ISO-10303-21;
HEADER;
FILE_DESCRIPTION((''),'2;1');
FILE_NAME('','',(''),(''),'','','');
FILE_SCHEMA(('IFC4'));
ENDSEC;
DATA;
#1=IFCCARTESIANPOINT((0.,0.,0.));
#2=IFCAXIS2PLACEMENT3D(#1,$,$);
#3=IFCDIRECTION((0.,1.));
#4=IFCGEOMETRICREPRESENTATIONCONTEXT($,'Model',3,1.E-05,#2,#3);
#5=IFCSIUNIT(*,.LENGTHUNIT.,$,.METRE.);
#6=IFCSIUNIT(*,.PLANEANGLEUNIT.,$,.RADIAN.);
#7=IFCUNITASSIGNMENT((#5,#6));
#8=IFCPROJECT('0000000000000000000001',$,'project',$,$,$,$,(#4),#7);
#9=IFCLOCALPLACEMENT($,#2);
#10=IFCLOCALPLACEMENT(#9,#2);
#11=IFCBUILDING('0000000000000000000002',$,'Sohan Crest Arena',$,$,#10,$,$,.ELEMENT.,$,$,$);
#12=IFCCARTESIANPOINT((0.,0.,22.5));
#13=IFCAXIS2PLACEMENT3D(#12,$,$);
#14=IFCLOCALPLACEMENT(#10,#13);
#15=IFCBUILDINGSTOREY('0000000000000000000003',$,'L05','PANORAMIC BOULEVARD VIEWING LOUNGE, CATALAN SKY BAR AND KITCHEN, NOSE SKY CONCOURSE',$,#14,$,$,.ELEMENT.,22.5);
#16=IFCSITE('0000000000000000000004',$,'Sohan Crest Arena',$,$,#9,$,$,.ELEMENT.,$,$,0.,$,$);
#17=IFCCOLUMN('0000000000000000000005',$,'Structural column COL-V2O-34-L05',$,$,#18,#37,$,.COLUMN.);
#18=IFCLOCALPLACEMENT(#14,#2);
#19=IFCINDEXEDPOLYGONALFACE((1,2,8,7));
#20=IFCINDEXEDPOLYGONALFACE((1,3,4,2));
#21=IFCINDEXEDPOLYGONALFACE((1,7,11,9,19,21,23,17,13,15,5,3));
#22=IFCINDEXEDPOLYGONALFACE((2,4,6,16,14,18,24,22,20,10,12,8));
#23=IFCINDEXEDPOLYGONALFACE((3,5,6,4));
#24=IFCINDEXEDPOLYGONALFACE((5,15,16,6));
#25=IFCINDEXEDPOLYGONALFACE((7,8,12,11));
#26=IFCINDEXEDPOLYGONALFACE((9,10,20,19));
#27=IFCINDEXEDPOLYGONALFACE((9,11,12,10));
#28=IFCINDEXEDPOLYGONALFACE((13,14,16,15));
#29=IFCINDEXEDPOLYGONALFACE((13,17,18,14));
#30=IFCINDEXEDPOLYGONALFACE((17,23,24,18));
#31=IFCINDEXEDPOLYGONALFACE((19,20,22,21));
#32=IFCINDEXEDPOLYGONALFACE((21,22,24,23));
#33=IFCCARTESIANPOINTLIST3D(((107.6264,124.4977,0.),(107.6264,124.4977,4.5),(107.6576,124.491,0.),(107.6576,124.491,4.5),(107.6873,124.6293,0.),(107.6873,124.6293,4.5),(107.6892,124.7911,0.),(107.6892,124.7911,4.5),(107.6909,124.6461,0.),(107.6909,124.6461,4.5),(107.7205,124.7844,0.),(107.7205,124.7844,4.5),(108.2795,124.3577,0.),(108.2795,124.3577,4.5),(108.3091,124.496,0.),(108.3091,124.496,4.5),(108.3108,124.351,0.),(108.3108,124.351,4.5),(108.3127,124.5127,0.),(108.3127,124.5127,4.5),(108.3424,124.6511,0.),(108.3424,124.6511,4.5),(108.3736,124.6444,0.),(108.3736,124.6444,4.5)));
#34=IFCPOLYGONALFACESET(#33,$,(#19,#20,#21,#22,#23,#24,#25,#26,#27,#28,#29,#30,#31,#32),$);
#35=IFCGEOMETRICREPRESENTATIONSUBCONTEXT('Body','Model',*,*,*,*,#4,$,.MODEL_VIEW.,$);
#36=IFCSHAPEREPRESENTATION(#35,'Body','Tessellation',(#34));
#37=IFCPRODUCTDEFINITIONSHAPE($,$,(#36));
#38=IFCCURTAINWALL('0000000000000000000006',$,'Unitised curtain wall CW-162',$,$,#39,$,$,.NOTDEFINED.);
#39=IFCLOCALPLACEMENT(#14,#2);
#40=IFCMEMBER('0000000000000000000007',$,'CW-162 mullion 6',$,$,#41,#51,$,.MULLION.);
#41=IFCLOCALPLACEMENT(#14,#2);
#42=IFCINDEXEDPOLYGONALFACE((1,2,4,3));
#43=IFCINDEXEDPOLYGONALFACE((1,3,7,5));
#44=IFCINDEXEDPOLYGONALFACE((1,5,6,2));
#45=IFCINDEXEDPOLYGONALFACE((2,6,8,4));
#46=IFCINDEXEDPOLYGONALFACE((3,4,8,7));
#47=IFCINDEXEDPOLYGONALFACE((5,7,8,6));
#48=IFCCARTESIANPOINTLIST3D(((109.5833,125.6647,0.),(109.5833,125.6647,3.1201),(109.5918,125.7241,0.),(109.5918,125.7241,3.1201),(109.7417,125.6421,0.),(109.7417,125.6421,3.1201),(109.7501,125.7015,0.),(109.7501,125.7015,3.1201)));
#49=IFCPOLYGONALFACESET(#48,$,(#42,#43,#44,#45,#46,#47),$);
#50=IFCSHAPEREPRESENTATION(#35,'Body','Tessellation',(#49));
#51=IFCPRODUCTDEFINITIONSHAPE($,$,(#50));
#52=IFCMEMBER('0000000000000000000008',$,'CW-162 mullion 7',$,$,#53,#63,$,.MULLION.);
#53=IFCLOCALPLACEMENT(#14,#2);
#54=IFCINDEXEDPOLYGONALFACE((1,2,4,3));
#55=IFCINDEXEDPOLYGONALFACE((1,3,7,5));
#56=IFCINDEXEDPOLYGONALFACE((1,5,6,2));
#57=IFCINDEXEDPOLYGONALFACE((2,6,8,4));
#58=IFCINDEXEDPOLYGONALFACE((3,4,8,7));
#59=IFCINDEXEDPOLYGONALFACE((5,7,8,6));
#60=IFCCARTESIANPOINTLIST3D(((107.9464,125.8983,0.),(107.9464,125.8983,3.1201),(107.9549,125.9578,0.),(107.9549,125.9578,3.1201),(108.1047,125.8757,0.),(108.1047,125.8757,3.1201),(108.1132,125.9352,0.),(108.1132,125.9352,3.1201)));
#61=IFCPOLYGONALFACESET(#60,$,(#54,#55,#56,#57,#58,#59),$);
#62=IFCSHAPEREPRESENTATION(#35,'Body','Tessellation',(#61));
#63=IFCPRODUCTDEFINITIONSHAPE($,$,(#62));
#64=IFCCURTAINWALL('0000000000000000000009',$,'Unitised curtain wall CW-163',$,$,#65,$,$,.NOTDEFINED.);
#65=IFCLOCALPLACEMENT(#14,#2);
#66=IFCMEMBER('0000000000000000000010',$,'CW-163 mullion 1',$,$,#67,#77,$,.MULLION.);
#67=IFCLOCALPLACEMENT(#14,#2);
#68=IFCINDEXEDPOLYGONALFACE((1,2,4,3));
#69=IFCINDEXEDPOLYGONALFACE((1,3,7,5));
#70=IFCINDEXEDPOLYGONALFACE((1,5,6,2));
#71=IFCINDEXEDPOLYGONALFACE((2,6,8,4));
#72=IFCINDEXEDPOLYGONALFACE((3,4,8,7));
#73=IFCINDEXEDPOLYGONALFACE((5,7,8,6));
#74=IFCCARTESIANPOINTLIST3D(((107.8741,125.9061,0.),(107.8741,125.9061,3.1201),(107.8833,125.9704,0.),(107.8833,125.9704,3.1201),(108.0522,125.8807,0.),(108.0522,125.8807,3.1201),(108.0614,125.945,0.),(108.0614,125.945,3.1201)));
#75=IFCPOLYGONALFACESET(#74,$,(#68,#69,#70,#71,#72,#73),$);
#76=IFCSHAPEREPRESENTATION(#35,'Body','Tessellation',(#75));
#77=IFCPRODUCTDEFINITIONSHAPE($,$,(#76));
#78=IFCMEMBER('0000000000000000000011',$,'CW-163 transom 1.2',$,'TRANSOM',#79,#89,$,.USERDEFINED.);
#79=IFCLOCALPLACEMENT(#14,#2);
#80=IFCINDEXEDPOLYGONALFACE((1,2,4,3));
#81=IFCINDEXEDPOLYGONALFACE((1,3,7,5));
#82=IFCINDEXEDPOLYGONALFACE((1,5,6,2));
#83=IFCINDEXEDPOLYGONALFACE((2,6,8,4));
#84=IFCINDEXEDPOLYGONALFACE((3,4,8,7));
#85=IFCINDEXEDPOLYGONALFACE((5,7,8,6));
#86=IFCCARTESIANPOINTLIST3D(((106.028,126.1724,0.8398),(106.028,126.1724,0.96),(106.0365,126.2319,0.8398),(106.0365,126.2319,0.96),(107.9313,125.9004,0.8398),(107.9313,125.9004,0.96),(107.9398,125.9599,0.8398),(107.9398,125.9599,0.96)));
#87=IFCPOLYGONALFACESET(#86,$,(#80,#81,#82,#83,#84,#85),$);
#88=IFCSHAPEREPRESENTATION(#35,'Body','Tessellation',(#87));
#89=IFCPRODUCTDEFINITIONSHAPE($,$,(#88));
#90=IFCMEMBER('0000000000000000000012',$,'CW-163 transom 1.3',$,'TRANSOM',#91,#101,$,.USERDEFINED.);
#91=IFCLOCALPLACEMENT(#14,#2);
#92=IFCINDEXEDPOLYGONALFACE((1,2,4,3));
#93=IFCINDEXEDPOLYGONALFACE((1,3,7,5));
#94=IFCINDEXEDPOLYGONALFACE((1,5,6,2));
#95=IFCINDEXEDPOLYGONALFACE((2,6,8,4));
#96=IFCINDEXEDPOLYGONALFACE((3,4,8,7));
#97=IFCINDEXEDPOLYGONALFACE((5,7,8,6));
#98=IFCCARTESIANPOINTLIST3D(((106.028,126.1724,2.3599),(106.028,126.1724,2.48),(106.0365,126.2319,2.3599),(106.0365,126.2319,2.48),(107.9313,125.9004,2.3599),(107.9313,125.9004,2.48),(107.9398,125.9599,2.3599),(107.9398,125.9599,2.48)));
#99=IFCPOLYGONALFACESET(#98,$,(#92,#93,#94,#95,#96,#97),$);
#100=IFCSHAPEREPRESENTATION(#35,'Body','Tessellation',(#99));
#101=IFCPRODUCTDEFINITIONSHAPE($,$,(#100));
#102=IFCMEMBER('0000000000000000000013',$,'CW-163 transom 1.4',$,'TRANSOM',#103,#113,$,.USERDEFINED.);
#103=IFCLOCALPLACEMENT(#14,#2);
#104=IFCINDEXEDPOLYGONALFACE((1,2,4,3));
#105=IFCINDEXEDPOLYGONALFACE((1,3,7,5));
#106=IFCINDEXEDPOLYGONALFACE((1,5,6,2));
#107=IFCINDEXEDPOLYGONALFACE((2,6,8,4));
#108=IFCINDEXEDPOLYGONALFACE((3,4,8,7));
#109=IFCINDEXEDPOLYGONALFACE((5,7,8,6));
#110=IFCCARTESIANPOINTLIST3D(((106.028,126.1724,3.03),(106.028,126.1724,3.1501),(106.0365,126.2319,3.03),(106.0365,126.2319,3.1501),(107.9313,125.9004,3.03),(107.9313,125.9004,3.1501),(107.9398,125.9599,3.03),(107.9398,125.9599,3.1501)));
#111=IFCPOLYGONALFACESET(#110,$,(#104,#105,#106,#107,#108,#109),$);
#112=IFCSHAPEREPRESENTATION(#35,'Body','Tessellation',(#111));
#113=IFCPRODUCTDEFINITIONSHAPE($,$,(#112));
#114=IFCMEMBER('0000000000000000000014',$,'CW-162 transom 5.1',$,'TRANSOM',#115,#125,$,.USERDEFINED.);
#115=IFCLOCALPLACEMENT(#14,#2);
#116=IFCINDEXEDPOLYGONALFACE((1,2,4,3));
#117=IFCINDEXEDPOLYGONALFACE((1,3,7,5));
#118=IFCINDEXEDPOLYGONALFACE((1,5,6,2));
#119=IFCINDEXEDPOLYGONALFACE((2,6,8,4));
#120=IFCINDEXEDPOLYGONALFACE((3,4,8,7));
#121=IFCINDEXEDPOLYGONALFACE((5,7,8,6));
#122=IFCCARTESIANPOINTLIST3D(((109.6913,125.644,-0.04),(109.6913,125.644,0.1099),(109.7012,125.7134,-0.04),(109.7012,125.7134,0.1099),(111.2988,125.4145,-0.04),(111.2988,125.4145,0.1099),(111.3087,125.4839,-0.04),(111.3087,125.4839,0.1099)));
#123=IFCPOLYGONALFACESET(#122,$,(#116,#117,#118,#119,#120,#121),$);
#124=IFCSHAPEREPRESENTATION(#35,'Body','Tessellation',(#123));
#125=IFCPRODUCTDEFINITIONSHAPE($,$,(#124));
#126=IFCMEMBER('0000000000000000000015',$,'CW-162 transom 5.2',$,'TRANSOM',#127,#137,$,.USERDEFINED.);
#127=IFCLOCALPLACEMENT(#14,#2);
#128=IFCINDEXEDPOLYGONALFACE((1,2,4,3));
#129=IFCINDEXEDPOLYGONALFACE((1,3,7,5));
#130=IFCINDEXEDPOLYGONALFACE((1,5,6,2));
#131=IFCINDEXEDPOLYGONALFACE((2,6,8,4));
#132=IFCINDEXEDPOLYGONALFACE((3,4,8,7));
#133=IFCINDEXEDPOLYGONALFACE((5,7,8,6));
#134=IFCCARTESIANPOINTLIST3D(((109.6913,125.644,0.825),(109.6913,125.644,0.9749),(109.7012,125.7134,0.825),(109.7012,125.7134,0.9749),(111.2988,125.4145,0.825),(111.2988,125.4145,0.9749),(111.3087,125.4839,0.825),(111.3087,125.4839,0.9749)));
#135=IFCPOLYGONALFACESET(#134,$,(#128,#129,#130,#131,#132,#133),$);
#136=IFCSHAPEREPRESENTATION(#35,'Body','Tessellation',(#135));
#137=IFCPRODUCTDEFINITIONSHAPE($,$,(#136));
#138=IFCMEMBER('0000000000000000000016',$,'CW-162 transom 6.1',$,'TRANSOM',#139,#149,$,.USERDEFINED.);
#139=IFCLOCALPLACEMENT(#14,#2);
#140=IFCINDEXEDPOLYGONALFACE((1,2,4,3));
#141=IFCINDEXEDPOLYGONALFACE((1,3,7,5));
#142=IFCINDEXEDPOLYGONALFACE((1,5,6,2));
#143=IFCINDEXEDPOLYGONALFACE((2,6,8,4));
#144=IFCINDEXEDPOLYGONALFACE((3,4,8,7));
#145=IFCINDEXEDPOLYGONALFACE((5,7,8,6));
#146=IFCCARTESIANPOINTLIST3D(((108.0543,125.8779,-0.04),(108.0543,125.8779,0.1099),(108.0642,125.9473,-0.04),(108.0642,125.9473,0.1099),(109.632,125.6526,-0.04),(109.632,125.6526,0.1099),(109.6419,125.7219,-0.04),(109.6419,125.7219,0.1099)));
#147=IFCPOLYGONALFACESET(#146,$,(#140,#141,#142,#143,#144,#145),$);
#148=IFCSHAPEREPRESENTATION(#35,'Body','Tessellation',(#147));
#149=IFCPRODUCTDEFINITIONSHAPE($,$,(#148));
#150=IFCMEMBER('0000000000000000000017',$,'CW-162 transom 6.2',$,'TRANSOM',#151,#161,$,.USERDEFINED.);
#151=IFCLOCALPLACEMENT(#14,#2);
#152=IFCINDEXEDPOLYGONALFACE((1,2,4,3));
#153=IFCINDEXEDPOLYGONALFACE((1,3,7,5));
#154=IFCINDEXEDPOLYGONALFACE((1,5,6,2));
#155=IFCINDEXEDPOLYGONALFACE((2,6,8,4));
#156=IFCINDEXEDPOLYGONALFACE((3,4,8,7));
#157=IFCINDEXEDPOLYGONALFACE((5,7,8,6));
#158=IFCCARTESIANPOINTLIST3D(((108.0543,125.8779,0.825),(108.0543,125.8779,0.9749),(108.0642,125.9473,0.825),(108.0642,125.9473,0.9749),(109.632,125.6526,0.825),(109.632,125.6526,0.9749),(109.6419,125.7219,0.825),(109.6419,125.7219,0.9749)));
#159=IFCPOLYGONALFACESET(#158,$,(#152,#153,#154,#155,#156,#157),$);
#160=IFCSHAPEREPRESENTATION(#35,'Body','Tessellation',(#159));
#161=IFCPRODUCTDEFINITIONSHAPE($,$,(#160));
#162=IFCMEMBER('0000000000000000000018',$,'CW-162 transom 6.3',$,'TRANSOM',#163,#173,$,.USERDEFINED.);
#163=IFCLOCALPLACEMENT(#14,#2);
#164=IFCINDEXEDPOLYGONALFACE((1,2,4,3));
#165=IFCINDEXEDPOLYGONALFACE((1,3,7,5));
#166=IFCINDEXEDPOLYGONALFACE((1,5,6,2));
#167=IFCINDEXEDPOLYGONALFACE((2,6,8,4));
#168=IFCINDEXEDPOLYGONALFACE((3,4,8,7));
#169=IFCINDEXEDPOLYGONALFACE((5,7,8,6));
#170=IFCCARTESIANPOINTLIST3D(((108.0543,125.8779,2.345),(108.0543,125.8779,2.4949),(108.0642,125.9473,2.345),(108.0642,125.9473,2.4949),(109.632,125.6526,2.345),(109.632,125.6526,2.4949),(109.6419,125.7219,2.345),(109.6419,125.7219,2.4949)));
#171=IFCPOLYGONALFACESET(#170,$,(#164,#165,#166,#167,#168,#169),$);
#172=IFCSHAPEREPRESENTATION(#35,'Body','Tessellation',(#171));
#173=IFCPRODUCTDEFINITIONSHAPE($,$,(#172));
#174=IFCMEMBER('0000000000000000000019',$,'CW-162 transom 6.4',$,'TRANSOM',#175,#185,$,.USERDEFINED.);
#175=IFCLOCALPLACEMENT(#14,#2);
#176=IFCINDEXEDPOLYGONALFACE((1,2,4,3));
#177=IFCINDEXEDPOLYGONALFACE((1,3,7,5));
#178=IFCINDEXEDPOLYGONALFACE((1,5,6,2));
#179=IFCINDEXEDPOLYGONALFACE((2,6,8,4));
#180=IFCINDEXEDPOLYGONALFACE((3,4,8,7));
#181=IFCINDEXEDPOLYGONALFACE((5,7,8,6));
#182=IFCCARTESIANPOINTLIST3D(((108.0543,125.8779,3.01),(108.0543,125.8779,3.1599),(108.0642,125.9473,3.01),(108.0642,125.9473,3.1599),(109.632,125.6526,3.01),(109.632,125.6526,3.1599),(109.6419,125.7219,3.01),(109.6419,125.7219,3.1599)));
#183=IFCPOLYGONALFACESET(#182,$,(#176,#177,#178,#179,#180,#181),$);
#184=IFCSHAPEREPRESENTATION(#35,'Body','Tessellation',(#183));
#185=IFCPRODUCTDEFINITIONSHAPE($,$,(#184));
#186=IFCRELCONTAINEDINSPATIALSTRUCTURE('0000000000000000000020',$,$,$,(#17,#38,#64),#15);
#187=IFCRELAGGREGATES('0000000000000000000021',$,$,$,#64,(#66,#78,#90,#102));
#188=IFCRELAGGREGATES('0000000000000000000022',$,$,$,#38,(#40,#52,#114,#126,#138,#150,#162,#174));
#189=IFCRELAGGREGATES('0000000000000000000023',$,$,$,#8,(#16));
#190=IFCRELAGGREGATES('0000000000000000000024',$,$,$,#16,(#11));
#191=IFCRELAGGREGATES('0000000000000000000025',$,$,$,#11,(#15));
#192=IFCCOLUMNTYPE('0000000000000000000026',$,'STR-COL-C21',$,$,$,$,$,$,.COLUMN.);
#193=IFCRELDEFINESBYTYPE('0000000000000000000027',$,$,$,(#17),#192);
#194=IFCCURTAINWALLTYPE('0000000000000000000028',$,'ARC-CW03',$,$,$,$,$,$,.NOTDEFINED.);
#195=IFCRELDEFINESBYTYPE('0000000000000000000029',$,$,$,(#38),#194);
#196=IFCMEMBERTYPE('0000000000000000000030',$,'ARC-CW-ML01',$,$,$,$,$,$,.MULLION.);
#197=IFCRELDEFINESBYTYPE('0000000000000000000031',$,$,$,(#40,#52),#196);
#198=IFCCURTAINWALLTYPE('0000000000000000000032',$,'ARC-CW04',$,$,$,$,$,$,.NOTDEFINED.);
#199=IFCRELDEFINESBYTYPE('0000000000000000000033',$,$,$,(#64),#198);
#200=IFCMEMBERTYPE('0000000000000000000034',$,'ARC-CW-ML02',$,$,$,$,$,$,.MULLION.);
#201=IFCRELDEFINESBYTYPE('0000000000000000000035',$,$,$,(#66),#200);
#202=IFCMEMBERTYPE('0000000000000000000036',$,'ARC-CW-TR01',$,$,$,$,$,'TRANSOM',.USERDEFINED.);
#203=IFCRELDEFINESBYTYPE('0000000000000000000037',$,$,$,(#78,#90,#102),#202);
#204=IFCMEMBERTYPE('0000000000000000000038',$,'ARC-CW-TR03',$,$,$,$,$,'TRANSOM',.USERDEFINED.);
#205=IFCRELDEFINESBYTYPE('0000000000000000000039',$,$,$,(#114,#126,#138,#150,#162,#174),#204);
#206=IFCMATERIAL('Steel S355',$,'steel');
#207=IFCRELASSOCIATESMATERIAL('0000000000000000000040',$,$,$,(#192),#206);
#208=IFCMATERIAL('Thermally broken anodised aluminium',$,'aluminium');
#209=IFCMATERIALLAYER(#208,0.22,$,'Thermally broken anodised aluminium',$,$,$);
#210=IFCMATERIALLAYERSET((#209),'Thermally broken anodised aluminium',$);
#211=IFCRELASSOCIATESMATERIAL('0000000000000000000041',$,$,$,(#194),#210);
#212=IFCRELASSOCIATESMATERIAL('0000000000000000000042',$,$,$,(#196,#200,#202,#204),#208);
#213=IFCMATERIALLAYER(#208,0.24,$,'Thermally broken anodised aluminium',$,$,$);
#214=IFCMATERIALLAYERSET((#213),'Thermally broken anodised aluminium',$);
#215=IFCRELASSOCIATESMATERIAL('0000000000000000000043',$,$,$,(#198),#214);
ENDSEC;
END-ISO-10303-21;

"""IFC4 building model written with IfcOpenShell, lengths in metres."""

from ifc_helpers import new_model, si_unit, direction, frame, origin, origin_2d, place, context, subcontext, project, spatial, rectangle, i_section, extrude, material, layer, layer_set, material_profile, profile_set, type_object, element, aggregate, save


model = new_model("IFC4")

# Units and contexts
model_context = context("Model", 3, precision=1e-05, world=origin(), true_north=direction((0.0, 1.0)))
body_context = subcontext(model_context, "Body", "Model", "MODEL_VIEW")
ifc_project = project(units=[si_unit("LENGTHUNIT", "METRE"), si_unit("PLANEANGLEUNIT", "RADIAN")], contexts=[model_context])

# Site, building, storey
site_placement = place(None, origin())
site = spatial("IfcSite", under=ifc_project, at=site_placement, Name="Sohan Crest Arena", CompositionType="ELEMENT", RefElevation=0.0)
building_placement = place(site_placement, origin())
building = spatial("IfcBuilding", under=site, at=building_placement, Name="Sohan Crest Arena", CompositionType="ELEMENT")
storey_placement = place(building_placement, frame((0.0, 0.0, 22.5)))
storey = spatial("IfcBuildingStorey", under=building, at=storey_placement, Name="L05", Description="PANORAMIC BOULEVARD VIEWING LOUNGE, CATALAN SKY BAR AND KITCHEN, NOSE SKY CONCOURSE", CompositionType="ELEMENT", Elevation=22.5)

# Column
ifc_material_1 = material(Name="Steel S355", Category="steel")
ifc_material_profile_1 = material_profile(ifc_material_1, i_section(OverallWidth=0.3, OverallDepth=0.7, WebThickness=0.0171, FlangeThickness=0.032, at=origin_2d()), Name="HEB 700")
ifc_profile_set_1 = profile_set([ifc_material_profile_1], Name="Steel S355")
column_type = type_object("IfcColumnType", Name="STR-COL-C21", PredefinedType="COLUMN", material=ifc_profile_set_1)
column_placement = place(storey_placement, frame((108.0, 124.571, 0.0), z_axis=(0.0, 0.0, 1.0), x_axis=(0.209619, 0.977783, 0.0)))
element("IfcColumn", 1, at=column_placement, inside=storey, type_object=column_type, Name="Structural column COL-V2O-34-L05", PredefinedType="COLUMN", context=body_context, shape_type="SweptSolid", body=[
    extrude(i_section(OverallWidth=0.3, OverallDepth=0.7, WebThickness=0.0171, FlangeThickness=0.032, at=origin_2d()), origin(), (0.0, 0.0, 1.0), 4.5),
])

# Curtain walls, members
ifc_material_2 = material(Name="Thermally broken anodised aluminium", Category="aluminium")
ifc_layer_1 = layer(ifc_material_2, 0.22, Name="Thermally broken anodised aluminium")
ifc_layer_set_1 = layer_set([ifc_layer_1], Name="Thermally broken anodised aluminium")
curtain_wall_type_1 = type_object("IfcCurtainWallType", Name="ARC-CW03", PredefinedType="NOTDEFINED", material=ifc_layer_set_1)
curtain_wall_1_placement = place(storey_placement, origin())
curtain_wall_1 = element("IfcCurtainWall", 2, at=curtain_wall_1_placement, inside=storey, type_object=curtain_wall_type_1, Name="Unitised curtain wall CW-162", PredefinedType="NOTDEFINED")
ifc_material_profile_2 = material_profile(ifc_material_2, rectangle(XDim=0.0601, YDim=0.1599, at=origin_2d()), Name="ALU-MULL 60x160")
ifc_profile_set_2 = profile_set([ifc_material_profile_2], Name="Thermally broken anodised aluminium")
member_type_1 = type_object("IfcMemberType", Name="ARC-CW-ML01", PredefinedType="MULLION", material=ifc_profile_set_2)
member_1_placement = place(storey_placement, frame((109.6667, 125.6831, 0.0), z_axis=(0.0, 0.0, 1.0), x_axis=(-0.141366, -0.989957, 0.0)))
member_1 = element("IfcMember", 3, at=member_1_placement, type_object=member_type_1, Name="CW-162 mullion 6", PredefinedType="MULLION", context=body_context, shape_type="SweptSolid", body=[
    extrude(rectangle(XDim=0.0601, YDim=0.1599, at=origin_2d()), origin(), (0.0, 0.0, 1.0), 3.1201),
])
member_2_placement = place(storey_placement, frame((108.0298, 125.9167, 0.0), z_axis=(0.0, 0.0, 1.0), x_axis=(-0.141366, -0.989957, 0.0)))
member_2 = element("IfcMember", 4, at=member_2_placement, type_object=member_type_1, Name="CW-162 mullion 7", PredefinedType="MULLION", context=body_context, shape_type="SweptSolid", body=[
    extrude(rectangle(XDim=0.0601, YDim=0.1599, at=origin_2d()), origin(), (0.0, 0.0, 1.0), 3.1201),
])
ifc_layer_2 = layer(ifc_material_2, 0.24, Name="Thermally broken anodised aluminium")
ifc_layer_set_2 = layer_set([ifc_layer_2], Name="Thermally broken anodised aluminium")
curtain_wall_type_2 = type_object("IfcCurtainWallType", Name="ARC-CW04", PredefinedType="NOTDEFINED", material=ifc_layer_set_2)
curtain_wall_2_placement = place(storey_placement, origin())
curtain_wall_2 = element("IfcCurtainWall", 5, at=curtain_wall_2_placement, inside=storey, type_object=curtain_wall_type_2, Name="Unitised curtain wall CW-163", PredefinedType="NOTDEFINED")
ifc_material_profile_3 = material_profile(ifc_material_2, rectangle(XDim=0.0649, YDim=0.1799, at=origin_2d()), Name="ALU-MULL 65x180")
ifc_profile_set_3 = profile_set([ifc_material_profile_3], Name="Thermally broken anodised aluminium")
member_type_2 = type_object("IfcMemberType", Name="ARC-CW-ML02", PredefinedType="MULLION", material=ifc_profile_set_3)
member_3_placement = place(storey_placement, frame((107.9678, 125.9255, 0.0), z_axis=(0.0, 0.0, 1.0), x_axis=(-0.141463, -0.989944, 0.0)))
member_3 = element("IfcMember", 6, at=member_3_placement, type_object=member_type_2, Name="CW-163 mullion 1", PredefinedType="MULLION", context=body_context, shape_type="SweptSolid", body=[
    extrude(rectangle(XDim=0.0649, YDim=0.1799, at=origin_2d()), origin(), (0.0, 0.0, 1.0), 3.1201),
])
ifc_material_profile_4 = material_profile(ifc_material_2, rectangle(XDim=0.0601, YDim=0.1201, at=origin_2d()), Name="ALU-TRAN 60x120")
ifc_profile_set_4 = profile_set([ifc_material_profile_4], Name="Thermally broken anodised aluminium")
member_type_3 = type_object("IfcMemberType", Name="ARC-CW-TR01", ElementType="TRANSOM", PredefinedType="USERDEFINED", material=ifc_profile_set_4)
member_4_placement = place(storey_placement, frame((107.9355, 125.9302, 0.8999), z_axis=(-0.989944, 0.141457, 0.0), x_axis=(-0.141457, -0.989944, 0.0)))
member_4 = element("IfcMember", 7, at=member_4_placement, type_object=member_type_3, Name="CW-163 transom 1.2", ObjectType="TRANSOM", PredefinedType="USERDEFINED", context=body_context, shape_type="SweptSolid", body=[
    extrude(rectangle(XDim=0.0601, YDim=0.1201, at=origin_2d()), origin(), (0.0, 0.0, 1.0), 1.9226),
])
member_5_placement = place(storey_placement, frame((107.9355, 125.9302, 2.4199), z_axis=(-0.989944, 0.141457, 0.0), x_axis=(-0.141457, -0.989944, 0.0)))
member_5 = element("IfcMember", 8, at=member_5_placement, type_object=member_type_3, Name="CW-163 transom 1.3", ObjectType="TRANSOM", PredefinedType="USERDEFINED", context=body_context, shape_type="SweptSolid", body=[
    extrude(rectangle(XDim=0.0601, YDim=0.1201, at=origin_2d()), origin(), (0.0, 0.0, 1.0), 1.9226),
])
member_6_placement = place(storey_placement, frame((107.9355, 125.9302, 3.0901), z_axis=(-0.989944, 0.141457, 0.0), x_axis=(-0.141457, -0.989944, 0.0)))
member_6 = element("IfcMember", 9, at=member_6_placement, type_object=member_type_3, Name="CW-163 transom 1.4", ObjectType="TRANSOM", PredefinedType="USERDEFINED", context=body_context, shape_type="SweptSolid", body=[
    extrude(rectangle(XDim=0.0601, YDim=0.1201, at=origin_2d()), origin(), (0.0, 0.0, 1.0), 1.9226),
])
aggregate(curtain_wall_2, [member_3, member_4, member_5, member_6])

# Members
ifc_material_profile_5 = material_profile(ifc_material_2, rectangle(XDim=0.0701, YDim=0.1499, at=origin_2d()), Name="ALU-TRAN 70x150")
ifc_profile_set_5 = profile_set([ifc_material_profile_5], Name="Thermally broken anodised aluminium")
member_type_4 = type_object("IfcMemberType", Name="ARC-CW-TR03", ElementType="TRANSOM", PredefinedType="USERDEFINED", material=ifc_profile_set_5)
member_7_placement = place(storey_placement, frame((111.3037, 125.4492, 0.0349), z_axis=(-0.989962, 0.141337, 0.0), x_axis=(-0.141337, -0.989962, 0.0)))
member_7 = element("IfcMember", 10, at=member_7_placement, type_object=member_type_4, Name="CW-162 transom 5.1", ObjectType="TRANSOM", PredefinedType="USERDEFINED", context=body_context, shape_type="SweptSolid", body=[
    extrude(rectangle(XDim=0.0701, YDim=0.1499, at=origin_2d()), origin(), (0.0, 0.0, 1.0), 1.6238),
])
member_8_placement = place(storey_placement, frame((111.3037, 125.4492, 0.8999), z_axis=(-0.989962, 0.141337, 0.0), x_axis=(-0.141337, -0.989962, 0.0)))
member_8 = element("IfcMember", 11, at=member_8_placement, type_object=member_type_4, Name="CW-162 transom 5.2", ObjectType="TRANSOM", PredefinedType="USERDEFINED", context=body_context, shape_type="SweptSolid", body=[
    extrude(rectangle(XDim=0.0701, YDim=0.1499, at=origin_2d()), origin(), (0.0, 0.0, 1.0), 1.6238),
])
member_9_placement = place(storey_placement, frame((109.637, 125.6873, 0.0349), z_axis=(-0.989953, 0.1414, 0.0), x_axis=(-0.1414, -0.989953, 0.0)))
member_9 = element("IfcMember", 12, at=member_9_placement, type_object=member_type_4, Name="CW-162 transom 6.1", ObjectType="TRANSOM", PredefinedType="USERDEFINED", context=body_context, shape_type="SweptSolid", body=[
    extrude(rectangle(XDim=0.0701, YDim=0.1499, at=origin_2d()), origin(), (0.0, 0.0, 1.0), 1.5938),
])
member_10_placement = place(storey_placement, frame((109.637, 125.6873, 0.8999), z_axis=(-0.989953, 0.1414, 0.0), x_axis=(-0.1414, -0.989953, 0.0)))
member_10 = element("IfcMember", 13, at=member_10_placement, type_object=member_type_4, Name="CW-162 transom 6.2", ObjectType="TRANSOM", PredefinedType="USERDEFINED", context=body_context, shape_type="SweptSolid", body=[
    extrude(rectangle(XDim=0.0701, YDim=0.1499, at=origin_2d()), origin(), (0.0, 0.0, 1.0), 1.5938),
])
member_11_placement = place(storey_placement, frame((109.637, 125.6873, 2.4199), z_axis=(-0.989953, 0.1414, 0.0), x_axis=(-0.1414, -0.989953, 0.0)))
member_11 = element("IfcMember", 14, at=member_11_placement, type_object=member_type_4, Name="CW-162 transom 6.3", ObjectType="TRANSOM", PredefinedType="USERDEFINED", context=body_context, shape_type="SweptSolid", body=[
    extrude(rectangle(XDim=0.0701, YDim=0.1499, at=origin_2d()), origin(), (0.0, 0.0, 1.0), 1.5938),
])
member_12_placement = place(storey_placement, frame((109.637, 125.6873, 3.085), z_axis=(-0.989953, 0.1414, 0.0), x_axis=(-0.1414, -0.989953, 0.0)))
member_12 = element("IfcMember", 15, at=member_12_placement, type_object=member_type_4, Name="CW-162 transom 6.4", ObjectType="TRANSOM", PredefinedType="USERDEFINED", context=body_context, shape_type="SweptSolid", body=[
    extrude(rectangle(XDim=0.0701, YDim=0.1499, at=origin_2d()), origin(), (0.0, 0.0, 1.0), 1.5938),
])

aggregate(curtain_wall_1, [member_1, member_2, member_7, member_8, member_9, member_10, member_11, member_12])

save(model, "model.ifc")
